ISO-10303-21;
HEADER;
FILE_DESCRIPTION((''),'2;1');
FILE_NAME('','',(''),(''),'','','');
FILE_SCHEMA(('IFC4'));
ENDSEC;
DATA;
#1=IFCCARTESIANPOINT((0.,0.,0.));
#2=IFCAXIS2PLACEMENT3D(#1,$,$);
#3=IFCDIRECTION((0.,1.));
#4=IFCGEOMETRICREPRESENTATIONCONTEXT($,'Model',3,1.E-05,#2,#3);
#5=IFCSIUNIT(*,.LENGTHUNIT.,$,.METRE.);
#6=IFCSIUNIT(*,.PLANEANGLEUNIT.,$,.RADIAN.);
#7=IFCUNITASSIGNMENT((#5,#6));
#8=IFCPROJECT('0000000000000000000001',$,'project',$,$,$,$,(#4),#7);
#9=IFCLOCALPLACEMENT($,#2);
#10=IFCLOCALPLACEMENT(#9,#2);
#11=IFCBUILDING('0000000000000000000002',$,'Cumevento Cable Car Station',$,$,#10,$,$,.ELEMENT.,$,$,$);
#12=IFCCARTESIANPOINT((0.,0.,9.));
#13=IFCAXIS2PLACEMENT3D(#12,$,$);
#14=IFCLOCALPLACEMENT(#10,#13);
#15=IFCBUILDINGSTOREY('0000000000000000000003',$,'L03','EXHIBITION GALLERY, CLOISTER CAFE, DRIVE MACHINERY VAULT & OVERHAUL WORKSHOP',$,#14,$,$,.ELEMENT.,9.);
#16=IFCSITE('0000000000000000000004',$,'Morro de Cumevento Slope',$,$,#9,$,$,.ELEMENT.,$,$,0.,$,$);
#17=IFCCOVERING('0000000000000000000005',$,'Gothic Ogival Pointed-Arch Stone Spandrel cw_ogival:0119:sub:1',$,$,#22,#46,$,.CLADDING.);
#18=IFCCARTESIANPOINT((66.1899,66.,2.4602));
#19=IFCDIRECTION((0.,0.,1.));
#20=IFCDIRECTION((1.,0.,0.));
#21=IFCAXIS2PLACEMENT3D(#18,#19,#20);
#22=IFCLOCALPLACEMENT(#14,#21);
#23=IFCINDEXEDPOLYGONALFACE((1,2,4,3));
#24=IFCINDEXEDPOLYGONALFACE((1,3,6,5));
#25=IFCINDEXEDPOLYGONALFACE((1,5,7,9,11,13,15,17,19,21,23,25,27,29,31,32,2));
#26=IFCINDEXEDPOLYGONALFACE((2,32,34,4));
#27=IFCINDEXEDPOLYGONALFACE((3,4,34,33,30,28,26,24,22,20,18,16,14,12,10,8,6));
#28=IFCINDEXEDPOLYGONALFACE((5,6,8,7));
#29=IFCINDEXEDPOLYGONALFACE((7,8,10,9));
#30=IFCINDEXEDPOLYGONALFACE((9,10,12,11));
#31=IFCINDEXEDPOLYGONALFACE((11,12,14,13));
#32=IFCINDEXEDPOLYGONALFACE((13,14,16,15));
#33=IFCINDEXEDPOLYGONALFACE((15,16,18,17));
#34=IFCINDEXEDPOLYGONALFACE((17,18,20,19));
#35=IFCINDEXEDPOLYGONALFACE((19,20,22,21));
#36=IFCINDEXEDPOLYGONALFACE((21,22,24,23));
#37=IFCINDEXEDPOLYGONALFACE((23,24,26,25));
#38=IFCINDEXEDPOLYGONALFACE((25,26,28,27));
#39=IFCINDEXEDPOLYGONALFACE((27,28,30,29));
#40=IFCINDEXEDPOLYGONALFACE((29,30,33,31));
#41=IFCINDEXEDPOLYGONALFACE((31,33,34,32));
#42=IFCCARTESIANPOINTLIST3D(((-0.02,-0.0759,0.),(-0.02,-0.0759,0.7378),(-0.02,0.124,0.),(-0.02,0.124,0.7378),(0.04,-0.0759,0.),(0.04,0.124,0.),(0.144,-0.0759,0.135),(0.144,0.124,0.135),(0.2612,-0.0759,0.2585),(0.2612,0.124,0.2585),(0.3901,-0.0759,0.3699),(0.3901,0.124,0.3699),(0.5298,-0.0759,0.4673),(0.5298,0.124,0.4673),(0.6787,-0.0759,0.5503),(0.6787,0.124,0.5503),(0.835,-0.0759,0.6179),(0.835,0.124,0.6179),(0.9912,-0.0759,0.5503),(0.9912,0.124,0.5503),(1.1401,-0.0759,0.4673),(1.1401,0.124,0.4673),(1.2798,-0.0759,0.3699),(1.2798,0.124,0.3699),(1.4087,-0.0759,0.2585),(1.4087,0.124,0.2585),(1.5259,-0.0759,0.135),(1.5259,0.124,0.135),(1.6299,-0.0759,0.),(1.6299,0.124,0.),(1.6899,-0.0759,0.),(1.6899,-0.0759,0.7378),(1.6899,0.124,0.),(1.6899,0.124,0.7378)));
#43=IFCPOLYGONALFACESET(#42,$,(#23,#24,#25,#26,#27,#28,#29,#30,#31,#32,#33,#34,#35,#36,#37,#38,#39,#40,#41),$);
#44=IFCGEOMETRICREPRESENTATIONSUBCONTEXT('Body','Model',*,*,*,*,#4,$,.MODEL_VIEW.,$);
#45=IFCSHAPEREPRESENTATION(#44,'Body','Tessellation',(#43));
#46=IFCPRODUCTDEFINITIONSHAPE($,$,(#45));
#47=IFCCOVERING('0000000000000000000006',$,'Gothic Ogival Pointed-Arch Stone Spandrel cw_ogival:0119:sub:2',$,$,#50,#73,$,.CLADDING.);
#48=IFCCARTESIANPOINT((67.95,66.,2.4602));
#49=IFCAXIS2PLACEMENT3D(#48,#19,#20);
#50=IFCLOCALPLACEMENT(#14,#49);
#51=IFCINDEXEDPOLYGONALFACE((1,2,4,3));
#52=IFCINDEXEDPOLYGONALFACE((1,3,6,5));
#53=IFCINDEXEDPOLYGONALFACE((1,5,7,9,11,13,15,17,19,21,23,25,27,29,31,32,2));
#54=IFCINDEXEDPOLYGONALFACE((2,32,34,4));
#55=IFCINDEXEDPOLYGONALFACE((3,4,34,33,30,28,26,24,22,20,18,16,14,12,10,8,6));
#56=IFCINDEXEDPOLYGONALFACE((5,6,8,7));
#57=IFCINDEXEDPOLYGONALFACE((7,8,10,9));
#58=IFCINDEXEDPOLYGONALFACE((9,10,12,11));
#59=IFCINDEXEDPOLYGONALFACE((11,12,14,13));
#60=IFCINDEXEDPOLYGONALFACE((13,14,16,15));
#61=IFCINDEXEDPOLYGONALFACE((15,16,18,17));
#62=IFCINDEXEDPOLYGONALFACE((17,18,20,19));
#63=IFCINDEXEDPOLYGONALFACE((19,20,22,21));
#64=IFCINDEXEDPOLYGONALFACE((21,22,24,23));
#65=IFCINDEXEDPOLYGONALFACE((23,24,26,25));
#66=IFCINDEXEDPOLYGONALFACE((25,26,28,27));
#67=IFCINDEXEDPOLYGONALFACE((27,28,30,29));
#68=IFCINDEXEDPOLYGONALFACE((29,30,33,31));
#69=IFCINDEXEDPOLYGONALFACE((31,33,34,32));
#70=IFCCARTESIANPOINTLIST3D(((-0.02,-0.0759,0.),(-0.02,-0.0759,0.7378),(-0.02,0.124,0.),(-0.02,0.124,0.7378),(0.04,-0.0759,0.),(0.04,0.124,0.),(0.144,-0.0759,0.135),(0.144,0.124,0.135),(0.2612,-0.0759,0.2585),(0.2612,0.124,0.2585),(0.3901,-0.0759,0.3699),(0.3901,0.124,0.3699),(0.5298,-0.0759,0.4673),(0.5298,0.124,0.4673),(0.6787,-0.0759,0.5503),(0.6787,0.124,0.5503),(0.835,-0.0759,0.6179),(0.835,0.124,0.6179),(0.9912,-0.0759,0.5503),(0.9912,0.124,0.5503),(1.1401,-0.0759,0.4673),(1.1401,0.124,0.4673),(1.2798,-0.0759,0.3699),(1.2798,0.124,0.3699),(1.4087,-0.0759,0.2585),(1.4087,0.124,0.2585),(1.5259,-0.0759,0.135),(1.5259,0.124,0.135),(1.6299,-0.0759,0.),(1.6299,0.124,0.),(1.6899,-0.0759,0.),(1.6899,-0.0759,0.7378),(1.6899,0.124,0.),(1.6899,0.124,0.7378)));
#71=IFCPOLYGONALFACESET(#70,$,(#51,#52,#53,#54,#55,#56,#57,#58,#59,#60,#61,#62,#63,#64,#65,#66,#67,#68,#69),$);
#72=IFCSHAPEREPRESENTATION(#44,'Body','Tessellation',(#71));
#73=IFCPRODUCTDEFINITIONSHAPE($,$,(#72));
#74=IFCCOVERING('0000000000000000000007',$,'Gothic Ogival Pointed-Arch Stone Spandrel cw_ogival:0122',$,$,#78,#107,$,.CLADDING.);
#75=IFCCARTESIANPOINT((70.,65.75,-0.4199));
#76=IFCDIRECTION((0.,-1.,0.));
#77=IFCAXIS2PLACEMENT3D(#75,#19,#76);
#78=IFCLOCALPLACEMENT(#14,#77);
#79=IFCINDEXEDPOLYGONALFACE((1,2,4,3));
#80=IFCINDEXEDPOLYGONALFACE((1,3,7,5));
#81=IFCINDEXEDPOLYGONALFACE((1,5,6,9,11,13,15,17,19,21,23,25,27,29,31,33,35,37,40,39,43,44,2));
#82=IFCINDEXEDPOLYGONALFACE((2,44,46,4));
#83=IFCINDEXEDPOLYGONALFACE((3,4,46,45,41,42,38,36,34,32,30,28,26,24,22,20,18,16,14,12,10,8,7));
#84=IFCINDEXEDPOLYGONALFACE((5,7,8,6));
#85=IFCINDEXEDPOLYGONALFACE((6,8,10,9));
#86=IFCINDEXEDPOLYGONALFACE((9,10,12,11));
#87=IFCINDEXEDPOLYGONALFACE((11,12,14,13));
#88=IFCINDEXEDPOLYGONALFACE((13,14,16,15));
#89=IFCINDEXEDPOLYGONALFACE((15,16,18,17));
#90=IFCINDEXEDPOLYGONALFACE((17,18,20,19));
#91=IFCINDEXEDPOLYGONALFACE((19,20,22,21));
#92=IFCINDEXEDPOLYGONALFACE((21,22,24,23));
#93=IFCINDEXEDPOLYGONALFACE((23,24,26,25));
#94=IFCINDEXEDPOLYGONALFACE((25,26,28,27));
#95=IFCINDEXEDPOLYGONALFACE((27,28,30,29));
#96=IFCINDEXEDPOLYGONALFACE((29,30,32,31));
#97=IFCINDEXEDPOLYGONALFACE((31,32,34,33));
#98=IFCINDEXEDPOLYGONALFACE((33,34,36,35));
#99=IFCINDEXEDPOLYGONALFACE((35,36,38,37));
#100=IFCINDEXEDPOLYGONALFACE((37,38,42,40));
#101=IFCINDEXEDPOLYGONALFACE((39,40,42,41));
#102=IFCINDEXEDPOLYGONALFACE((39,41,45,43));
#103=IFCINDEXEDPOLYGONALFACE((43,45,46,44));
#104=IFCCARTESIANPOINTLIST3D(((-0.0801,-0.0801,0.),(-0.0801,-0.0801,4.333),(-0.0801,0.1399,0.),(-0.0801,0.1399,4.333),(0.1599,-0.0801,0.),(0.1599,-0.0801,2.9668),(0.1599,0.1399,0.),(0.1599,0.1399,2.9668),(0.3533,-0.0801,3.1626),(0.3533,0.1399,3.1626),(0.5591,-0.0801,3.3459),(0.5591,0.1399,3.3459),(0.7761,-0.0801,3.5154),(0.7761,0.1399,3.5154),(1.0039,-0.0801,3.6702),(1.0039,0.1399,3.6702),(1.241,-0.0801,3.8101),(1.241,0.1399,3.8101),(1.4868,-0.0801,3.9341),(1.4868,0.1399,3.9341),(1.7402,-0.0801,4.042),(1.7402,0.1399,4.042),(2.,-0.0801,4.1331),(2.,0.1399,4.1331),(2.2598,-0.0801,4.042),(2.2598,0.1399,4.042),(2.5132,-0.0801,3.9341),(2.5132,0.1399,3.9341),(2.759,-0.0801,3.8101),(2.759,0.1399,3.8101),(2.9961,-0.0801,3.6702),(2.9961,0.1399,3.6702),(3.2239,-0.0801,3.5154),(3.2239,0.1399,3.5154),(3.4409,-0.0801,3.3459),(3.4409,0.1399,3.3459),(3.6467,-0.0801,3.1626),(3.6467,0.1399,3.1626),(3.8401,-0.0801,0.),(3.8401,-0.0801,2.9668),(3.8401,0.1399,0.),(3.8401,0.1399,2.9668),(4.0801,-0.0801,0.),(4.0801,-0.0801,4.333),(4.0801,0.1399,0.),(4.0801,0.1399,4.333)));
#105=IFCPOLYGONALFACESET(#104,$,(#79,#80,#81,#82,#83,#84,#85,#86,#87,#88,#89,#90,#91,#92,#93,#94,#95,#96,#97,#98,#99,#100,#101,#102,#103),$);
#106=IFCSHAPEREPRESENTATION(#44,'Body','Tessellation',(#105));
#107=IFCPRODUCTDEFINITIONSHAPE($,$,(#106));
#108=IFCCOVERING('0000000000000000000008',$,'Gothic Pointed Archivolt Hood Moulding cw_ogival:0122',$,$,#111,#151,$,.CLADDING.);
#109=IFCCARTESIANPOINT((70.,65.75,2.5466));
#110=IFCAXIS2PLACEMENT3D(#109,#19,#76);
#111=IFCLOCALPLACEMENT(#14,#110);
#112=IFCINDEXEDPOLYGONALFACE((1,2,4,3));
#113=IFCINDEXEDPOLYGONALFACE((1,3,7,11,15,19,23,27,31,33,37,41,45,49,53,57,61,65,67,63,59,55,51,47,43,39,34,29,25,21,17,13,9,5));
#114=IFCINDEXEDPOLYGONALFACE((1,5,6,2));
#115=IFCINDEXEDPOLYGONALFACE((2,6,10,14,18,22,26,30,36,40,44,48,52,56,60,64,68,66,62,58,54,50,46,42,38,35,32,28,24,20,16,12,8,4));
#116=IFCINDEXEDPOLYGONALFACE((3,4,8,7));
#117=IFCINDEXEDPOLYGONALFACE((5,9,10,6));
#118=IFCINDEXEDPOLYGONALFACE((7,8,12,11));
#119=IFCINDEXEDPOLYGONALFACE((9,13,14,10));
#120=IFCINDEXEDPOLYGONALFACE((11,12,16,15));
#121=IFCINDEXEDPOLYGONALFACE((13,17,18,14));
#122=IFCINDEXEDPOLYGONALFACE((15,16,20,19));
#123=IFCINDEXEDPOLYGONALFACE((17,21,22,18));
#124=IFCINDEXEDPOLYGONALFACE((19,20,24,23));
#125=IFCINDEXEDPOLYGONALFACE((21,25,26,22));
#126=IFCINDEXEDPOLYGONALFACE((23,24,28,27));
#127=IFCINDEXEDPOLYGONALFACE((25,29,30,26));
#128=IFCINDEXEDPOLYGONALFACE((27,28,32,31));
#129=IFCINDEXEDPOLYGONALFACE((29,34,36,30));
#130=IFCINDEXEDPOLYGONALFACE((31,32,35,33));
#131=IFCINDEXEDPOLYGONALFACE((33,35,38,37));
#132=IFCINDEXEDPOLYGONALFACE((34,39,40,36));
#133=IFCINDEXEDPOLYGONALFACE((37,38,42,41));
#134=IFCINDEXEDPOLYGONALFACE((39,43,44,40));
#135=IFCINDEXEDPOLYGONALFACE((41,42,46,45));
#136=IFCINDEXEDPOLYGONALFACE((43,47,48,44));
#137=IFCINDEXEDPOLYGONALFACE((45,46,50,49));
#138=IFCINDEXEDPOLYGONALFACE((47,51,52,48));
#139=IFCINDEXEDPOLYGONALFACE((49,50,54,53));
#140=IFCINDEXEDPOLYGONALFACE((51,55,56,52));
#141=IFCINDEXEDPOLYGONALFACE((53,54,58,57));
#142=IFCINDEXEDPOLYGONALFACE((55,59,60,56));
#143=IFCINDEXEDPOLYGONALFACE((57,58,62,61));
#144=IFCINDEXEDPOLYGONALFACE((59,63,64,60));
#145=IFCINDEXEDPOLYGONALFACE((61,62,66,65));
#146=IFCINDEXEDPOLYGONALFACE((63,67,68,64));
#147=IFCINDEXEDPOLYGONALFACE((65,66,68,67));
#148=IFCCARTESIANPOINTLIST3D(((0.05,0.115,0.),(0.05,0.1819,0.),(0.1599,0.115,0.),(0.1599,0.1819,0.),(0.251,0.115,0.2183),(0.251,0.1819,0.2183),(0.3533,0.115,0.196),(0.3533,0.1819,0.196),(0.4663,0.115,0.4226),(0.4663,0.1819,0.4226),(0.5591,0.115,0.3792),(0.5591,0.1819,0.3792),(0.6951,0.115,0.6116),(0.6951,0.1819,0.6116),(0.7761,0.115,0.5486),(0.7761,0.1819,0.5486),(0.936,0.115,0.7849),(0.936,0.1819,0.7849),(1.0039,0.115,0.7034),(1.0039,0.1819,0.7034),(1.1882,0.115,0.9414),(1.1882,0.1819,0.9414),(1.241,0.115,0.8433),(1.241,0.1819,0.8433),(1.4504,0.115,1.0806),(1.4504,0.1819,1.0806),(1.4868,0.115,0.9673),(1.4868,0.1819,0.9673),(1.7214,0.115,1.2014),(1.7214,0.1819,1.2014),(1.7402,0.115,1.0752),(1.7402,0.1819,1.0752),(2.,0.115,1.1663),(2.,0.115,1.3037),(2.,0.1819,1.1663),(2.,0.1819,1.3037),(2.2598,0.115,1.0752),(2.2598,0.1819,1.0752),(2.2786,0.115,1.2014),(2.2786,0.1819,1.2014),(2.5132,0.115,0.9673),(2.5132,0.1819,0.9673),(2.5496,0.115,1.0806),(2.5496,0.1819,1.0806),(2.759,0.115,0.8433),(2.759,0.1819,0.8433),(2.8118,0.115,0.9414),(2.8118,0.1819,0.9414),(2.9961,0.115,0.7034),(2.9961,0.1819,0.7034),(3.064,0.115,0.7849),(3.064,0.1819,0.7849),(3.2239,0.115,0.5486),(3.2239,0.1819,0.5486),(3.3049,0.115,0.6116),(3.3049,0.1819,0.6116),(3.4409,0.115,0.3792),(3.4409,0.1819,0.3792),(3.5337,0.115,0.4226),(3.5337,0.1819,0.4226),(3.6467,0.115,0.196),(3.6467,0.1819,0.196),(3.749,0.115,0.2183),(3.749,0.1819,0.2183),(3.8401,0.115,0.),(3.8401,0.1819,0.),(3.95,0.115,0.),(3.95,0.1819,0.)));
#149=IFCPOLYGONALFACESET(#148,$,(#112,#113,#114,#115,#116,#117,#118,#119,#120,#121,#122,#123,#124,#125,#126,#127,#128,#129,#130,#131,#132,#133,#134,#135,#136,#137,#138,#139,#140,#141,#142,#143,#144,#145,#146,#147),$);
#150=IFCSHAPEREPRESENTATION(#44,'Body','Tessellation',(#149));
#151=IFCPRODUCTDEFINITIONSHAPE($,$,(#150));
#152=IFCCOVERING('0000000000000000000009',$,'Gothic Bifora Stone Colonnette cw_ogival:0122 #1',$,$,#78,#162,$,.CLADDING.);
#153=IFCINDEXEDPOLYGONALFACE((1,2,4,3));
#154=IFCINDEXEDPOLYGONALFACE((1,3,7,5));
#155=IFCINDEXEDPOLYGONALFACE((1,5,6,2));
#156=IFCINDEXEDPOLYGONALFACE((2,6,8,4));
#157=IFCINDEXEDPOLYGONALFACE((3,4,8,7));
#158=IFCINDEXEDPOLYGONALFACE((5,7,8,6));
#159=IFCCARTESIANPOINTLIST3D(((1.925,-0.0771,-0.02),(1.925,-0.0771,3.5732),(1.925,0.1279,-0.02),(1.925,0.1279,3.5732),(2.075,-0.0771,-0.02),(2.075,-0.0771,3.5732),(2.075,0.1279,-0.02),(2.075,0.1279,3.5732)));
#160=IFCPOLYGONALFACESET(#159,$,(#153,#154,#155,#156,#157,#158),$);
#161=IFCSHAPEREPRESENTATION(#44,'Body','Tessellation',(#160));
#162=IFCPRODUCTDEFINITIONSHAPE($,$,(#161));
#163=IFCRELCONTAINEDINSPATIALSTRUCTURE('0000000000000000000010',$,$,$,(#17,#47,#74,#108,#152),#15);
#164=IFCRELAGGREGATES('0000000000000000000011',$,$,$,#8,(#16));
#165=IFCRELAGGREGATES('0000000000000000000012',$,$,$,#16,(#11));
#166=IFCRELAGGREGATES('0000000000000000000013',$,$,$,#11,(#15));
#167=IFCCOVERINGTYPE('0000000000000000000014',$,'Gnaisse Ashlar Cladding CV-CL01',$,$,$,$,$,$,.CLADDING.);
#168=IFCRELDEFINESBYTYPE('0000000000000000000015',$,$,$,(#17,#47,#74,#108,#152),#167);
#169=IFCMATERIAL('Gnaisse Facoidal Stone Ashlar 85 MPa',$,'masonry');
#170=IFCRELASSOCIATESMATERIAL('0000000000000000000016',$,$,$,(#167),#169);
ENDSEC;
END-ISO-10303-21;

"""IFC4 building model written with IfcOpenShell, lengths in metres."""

from ifc_helpers import new_model, si_unit, direction, frame, origin, place, context, subcontext, project, spatial, polyline, outline, extrude, material, type_object, element, save


model = new_model("IFC4")

# Units and contexts
model_context = context("Model", 3, precision=1e-05, world=origin(), true_north=direction((0.0, 1.0)))
body_context = subcontext(model_context, "Body", "Model", "MODEL_VIEW")
ifc_project = project(units=[si_unit("LENGTHUNIT", "METRE"), si_unit("PLANEANGLEUNIT", "RADIAN")], contexts=[model_context])

# Site, building, storey
site_placement = place(None, origin())
site = spatial("IfcSite", under=ifc_project, at=site_placement, Name="Morro de Cumevento Slope", CompositionType="ELEMENT", RefElevation=0.0)
building_placement = place(site_placement, origin())
building = spatial("IfcBuilding", under=site, at=building_placement, Name="Cumevento Cable Car Station", CompositionType="ELEMENT")
storey_placement = place(building_placement, frame((0.0, 0.0, 9.0)))
storey = spatial("IfcBuildingStorey", under=building, at=storey_placement, Name="L03", Description="EXHIBITION GALLERY, CLOISTER CAFE, DRIVE MACHINERY VAULT & OVERHAUL WORKSHOP", CompositionType="ELEMENT", Elevation=9.0)

# Coverings
ifc_material_1 = material(Name="Gnaisse Facoidal Stone Ashlar 85 MPa", Category="masonry")
covering_type = type_object("IfcCoveringType", Name="Gnaisse Ashlar Cladding CV-CL01", PredefinedType="CLADDING", material=ifc_material_1)
for number, where, z_axis, x_axis, name in (
    (1, (66.1899, 66.0, 2.4602), (0.0, 0.0, 1.0), (1.0, 0.0, 0.0), "Gothic Ogival Pointed-Arch Stone Spandrel cw_ogival:0119:sub:1"),
    (2, (67.95, 66.0, 2.4602), (0.0, 0.0, 1.0), (1.0, 0.0, 0.0), "Gothic Ogival Pointed-Arch Stone Spandrel cw_ogival:0119:sub:2"),
):
    element("IfcCovering", number, at=place(storey_placement, frame(where, z_axis=z_axis, x_axis=x_axis)), inside=storey, type_object=covering_type, Name=name, PredefinedType="CLADDING", context=body_context, shape_type="SweptSolid", body=[
        extrude(outline(polyline([(-0.02, 0.0), (-0.02, 0.7378), (1.6899, 0.7378), (1.6899, 0.0), (1.6299, 0.0), (1.5259, 0.135), (1.4087, 0.2585), (1.2798, 0.3699), (1.1401, 0.4673), (0.9912, 0.5503), (0.835, 0.6179), (0.6787, 0.5503), (0.5298, 0.4673), (0.3901, 0.3699), (0.2612, 0.2585), (0.144, 0.135), (0.04, 0.0), (-0.02, 0.0)])), frame((0.0, 0.124, 0.0), z_axis=(0.0, -1.0, 0.0), x_axis=(1.0, 0.0, 0.0)), (0.0, 0.0, 1.0), 0.2),
    ])
placement = place(storey_placement, frame((70.0, 65.75, -0.4199), z_axis=(0.0, 0.0, 1.0), x_axis=(0.0, -1.0, 0.0)))
element("IfcCovering", 3, at=placement, inside=storey, type_object=covering_type, Name="Gothic Ogival Pointed-Arch Stone Spandrel cw_ogival:0122", PredefinedType="CLADDING", context=body_context, shape_type="SweptSolid", body=[
    extrude(outline(polyline([(-0.0801, 0.0), (-0.0801, 4.333), (4.0801, 4.333), (4.0801, 0.0), (3.8401, 0.0), (3.8401, 2.9668), (3.6467, 3.1626), (3.4409, 3.3459), (3.2239, 3.5154), (2.9961, 3.6702), (2.759, 3.8101), (2.5132, 3.9341), (2.2598, 4.042), (2.0, 4.1331), (1.7402, 4.042), (1.4868, 3.9341), (1.241, 3.8101), (1.0039, 3.6702), (0.7761, 3.5154), (0.5591, 3.3459), (0.3533, 3.1626), (0.1599, 2.9668), (0.1599, 0.0), (-0.0801, 0.0)])), frame((0.0, 0.1399, 0.0), z_axis=(0.0, -1.0, 0.0), x_axis=(1.0, 0.0, 0.0)), (0.0, 0.0, 1.0), 0.22),
])
covering_1_placement = place(storey_placement, frame((70.0, 65.75, 2.5466), z_axis=(0.0, 0.0, 1.0), x_axis=(0.0, -1.0, 0.0)))
element("IfcCovering", 4, at=covering_1_placement, inside=storey, type_object=covering_type, Name="Gothic Pointed Archivolt Hood Moulding cw_ogival:0122", PredefinedType="CLADDING", context=body_context, shape_type="SweptSolid", body=[
    extrude(outline(polyline([(0.1599, 0.0), (0.3533, 0.196), (0.5591, 0.3792), (0.7761, 0.5486), (1.0039, 0.7034), (1.241, 0.8433), (1.4868, 0.9673), (1.7402, 1.0752), (2.0, 1.1663), (2.2598, 1.0752), (2.5132, 0.9673), (2.759, 0.8433), (2.9961, 0.7034), (3.2239, 0.5486), (3.4409, 0.3792), (3.6467, 0.196), (3.8401, 0.0), (3.95, 0.0), (3.749, 0.2183), (3.5337, 0.4226), (3.3049, 0.6116), (3.064, 0.7849), (2.8118, 0.9414), (2.5496, 1.0806), (2.2786, 1.2014), (2.0, 1.3037), (1.7214, 1.2014), (1.4504, 1.0806), (1.1882, 0.9414), (0.936, 0.7849), (0.6951, 0.6116), (0.4663, 0.4226), (0.251, 0.2183), (0.05, 0.0), (0.1599, 0.0)])), frame((0.0, 0.1819, 0.0), z_axis=(0.0, -1.0, 0.0), x_axis=(1.0, 0.0, 0.0)), (0.0, 0.0, 1.0), 0.0669),
])
element("IfcCovering", 5, at=placement, inside=storey, type_object=covering_type, Name="Gothic Bifora Stone Colonnette cw_ogival:0122 #1", PredefinedType="CLADDING", context=body_context, shape_type="SweptSolid", body=[
    extrude(outline(polyline([(1.925, -0.02), (2.075, -0.02), (2.075, 3.5732), (1.925, 3.5732), (1.925, -0.02)])), frame((0.0, 0.1279, 0.0), z_axis=(0.0, -1.0, 0.0), x_axis=(1.0, 0.0, 0.0)), (0.0, 0.0, 1.0), 0.2051),
])

save(model, "model.ifc")
